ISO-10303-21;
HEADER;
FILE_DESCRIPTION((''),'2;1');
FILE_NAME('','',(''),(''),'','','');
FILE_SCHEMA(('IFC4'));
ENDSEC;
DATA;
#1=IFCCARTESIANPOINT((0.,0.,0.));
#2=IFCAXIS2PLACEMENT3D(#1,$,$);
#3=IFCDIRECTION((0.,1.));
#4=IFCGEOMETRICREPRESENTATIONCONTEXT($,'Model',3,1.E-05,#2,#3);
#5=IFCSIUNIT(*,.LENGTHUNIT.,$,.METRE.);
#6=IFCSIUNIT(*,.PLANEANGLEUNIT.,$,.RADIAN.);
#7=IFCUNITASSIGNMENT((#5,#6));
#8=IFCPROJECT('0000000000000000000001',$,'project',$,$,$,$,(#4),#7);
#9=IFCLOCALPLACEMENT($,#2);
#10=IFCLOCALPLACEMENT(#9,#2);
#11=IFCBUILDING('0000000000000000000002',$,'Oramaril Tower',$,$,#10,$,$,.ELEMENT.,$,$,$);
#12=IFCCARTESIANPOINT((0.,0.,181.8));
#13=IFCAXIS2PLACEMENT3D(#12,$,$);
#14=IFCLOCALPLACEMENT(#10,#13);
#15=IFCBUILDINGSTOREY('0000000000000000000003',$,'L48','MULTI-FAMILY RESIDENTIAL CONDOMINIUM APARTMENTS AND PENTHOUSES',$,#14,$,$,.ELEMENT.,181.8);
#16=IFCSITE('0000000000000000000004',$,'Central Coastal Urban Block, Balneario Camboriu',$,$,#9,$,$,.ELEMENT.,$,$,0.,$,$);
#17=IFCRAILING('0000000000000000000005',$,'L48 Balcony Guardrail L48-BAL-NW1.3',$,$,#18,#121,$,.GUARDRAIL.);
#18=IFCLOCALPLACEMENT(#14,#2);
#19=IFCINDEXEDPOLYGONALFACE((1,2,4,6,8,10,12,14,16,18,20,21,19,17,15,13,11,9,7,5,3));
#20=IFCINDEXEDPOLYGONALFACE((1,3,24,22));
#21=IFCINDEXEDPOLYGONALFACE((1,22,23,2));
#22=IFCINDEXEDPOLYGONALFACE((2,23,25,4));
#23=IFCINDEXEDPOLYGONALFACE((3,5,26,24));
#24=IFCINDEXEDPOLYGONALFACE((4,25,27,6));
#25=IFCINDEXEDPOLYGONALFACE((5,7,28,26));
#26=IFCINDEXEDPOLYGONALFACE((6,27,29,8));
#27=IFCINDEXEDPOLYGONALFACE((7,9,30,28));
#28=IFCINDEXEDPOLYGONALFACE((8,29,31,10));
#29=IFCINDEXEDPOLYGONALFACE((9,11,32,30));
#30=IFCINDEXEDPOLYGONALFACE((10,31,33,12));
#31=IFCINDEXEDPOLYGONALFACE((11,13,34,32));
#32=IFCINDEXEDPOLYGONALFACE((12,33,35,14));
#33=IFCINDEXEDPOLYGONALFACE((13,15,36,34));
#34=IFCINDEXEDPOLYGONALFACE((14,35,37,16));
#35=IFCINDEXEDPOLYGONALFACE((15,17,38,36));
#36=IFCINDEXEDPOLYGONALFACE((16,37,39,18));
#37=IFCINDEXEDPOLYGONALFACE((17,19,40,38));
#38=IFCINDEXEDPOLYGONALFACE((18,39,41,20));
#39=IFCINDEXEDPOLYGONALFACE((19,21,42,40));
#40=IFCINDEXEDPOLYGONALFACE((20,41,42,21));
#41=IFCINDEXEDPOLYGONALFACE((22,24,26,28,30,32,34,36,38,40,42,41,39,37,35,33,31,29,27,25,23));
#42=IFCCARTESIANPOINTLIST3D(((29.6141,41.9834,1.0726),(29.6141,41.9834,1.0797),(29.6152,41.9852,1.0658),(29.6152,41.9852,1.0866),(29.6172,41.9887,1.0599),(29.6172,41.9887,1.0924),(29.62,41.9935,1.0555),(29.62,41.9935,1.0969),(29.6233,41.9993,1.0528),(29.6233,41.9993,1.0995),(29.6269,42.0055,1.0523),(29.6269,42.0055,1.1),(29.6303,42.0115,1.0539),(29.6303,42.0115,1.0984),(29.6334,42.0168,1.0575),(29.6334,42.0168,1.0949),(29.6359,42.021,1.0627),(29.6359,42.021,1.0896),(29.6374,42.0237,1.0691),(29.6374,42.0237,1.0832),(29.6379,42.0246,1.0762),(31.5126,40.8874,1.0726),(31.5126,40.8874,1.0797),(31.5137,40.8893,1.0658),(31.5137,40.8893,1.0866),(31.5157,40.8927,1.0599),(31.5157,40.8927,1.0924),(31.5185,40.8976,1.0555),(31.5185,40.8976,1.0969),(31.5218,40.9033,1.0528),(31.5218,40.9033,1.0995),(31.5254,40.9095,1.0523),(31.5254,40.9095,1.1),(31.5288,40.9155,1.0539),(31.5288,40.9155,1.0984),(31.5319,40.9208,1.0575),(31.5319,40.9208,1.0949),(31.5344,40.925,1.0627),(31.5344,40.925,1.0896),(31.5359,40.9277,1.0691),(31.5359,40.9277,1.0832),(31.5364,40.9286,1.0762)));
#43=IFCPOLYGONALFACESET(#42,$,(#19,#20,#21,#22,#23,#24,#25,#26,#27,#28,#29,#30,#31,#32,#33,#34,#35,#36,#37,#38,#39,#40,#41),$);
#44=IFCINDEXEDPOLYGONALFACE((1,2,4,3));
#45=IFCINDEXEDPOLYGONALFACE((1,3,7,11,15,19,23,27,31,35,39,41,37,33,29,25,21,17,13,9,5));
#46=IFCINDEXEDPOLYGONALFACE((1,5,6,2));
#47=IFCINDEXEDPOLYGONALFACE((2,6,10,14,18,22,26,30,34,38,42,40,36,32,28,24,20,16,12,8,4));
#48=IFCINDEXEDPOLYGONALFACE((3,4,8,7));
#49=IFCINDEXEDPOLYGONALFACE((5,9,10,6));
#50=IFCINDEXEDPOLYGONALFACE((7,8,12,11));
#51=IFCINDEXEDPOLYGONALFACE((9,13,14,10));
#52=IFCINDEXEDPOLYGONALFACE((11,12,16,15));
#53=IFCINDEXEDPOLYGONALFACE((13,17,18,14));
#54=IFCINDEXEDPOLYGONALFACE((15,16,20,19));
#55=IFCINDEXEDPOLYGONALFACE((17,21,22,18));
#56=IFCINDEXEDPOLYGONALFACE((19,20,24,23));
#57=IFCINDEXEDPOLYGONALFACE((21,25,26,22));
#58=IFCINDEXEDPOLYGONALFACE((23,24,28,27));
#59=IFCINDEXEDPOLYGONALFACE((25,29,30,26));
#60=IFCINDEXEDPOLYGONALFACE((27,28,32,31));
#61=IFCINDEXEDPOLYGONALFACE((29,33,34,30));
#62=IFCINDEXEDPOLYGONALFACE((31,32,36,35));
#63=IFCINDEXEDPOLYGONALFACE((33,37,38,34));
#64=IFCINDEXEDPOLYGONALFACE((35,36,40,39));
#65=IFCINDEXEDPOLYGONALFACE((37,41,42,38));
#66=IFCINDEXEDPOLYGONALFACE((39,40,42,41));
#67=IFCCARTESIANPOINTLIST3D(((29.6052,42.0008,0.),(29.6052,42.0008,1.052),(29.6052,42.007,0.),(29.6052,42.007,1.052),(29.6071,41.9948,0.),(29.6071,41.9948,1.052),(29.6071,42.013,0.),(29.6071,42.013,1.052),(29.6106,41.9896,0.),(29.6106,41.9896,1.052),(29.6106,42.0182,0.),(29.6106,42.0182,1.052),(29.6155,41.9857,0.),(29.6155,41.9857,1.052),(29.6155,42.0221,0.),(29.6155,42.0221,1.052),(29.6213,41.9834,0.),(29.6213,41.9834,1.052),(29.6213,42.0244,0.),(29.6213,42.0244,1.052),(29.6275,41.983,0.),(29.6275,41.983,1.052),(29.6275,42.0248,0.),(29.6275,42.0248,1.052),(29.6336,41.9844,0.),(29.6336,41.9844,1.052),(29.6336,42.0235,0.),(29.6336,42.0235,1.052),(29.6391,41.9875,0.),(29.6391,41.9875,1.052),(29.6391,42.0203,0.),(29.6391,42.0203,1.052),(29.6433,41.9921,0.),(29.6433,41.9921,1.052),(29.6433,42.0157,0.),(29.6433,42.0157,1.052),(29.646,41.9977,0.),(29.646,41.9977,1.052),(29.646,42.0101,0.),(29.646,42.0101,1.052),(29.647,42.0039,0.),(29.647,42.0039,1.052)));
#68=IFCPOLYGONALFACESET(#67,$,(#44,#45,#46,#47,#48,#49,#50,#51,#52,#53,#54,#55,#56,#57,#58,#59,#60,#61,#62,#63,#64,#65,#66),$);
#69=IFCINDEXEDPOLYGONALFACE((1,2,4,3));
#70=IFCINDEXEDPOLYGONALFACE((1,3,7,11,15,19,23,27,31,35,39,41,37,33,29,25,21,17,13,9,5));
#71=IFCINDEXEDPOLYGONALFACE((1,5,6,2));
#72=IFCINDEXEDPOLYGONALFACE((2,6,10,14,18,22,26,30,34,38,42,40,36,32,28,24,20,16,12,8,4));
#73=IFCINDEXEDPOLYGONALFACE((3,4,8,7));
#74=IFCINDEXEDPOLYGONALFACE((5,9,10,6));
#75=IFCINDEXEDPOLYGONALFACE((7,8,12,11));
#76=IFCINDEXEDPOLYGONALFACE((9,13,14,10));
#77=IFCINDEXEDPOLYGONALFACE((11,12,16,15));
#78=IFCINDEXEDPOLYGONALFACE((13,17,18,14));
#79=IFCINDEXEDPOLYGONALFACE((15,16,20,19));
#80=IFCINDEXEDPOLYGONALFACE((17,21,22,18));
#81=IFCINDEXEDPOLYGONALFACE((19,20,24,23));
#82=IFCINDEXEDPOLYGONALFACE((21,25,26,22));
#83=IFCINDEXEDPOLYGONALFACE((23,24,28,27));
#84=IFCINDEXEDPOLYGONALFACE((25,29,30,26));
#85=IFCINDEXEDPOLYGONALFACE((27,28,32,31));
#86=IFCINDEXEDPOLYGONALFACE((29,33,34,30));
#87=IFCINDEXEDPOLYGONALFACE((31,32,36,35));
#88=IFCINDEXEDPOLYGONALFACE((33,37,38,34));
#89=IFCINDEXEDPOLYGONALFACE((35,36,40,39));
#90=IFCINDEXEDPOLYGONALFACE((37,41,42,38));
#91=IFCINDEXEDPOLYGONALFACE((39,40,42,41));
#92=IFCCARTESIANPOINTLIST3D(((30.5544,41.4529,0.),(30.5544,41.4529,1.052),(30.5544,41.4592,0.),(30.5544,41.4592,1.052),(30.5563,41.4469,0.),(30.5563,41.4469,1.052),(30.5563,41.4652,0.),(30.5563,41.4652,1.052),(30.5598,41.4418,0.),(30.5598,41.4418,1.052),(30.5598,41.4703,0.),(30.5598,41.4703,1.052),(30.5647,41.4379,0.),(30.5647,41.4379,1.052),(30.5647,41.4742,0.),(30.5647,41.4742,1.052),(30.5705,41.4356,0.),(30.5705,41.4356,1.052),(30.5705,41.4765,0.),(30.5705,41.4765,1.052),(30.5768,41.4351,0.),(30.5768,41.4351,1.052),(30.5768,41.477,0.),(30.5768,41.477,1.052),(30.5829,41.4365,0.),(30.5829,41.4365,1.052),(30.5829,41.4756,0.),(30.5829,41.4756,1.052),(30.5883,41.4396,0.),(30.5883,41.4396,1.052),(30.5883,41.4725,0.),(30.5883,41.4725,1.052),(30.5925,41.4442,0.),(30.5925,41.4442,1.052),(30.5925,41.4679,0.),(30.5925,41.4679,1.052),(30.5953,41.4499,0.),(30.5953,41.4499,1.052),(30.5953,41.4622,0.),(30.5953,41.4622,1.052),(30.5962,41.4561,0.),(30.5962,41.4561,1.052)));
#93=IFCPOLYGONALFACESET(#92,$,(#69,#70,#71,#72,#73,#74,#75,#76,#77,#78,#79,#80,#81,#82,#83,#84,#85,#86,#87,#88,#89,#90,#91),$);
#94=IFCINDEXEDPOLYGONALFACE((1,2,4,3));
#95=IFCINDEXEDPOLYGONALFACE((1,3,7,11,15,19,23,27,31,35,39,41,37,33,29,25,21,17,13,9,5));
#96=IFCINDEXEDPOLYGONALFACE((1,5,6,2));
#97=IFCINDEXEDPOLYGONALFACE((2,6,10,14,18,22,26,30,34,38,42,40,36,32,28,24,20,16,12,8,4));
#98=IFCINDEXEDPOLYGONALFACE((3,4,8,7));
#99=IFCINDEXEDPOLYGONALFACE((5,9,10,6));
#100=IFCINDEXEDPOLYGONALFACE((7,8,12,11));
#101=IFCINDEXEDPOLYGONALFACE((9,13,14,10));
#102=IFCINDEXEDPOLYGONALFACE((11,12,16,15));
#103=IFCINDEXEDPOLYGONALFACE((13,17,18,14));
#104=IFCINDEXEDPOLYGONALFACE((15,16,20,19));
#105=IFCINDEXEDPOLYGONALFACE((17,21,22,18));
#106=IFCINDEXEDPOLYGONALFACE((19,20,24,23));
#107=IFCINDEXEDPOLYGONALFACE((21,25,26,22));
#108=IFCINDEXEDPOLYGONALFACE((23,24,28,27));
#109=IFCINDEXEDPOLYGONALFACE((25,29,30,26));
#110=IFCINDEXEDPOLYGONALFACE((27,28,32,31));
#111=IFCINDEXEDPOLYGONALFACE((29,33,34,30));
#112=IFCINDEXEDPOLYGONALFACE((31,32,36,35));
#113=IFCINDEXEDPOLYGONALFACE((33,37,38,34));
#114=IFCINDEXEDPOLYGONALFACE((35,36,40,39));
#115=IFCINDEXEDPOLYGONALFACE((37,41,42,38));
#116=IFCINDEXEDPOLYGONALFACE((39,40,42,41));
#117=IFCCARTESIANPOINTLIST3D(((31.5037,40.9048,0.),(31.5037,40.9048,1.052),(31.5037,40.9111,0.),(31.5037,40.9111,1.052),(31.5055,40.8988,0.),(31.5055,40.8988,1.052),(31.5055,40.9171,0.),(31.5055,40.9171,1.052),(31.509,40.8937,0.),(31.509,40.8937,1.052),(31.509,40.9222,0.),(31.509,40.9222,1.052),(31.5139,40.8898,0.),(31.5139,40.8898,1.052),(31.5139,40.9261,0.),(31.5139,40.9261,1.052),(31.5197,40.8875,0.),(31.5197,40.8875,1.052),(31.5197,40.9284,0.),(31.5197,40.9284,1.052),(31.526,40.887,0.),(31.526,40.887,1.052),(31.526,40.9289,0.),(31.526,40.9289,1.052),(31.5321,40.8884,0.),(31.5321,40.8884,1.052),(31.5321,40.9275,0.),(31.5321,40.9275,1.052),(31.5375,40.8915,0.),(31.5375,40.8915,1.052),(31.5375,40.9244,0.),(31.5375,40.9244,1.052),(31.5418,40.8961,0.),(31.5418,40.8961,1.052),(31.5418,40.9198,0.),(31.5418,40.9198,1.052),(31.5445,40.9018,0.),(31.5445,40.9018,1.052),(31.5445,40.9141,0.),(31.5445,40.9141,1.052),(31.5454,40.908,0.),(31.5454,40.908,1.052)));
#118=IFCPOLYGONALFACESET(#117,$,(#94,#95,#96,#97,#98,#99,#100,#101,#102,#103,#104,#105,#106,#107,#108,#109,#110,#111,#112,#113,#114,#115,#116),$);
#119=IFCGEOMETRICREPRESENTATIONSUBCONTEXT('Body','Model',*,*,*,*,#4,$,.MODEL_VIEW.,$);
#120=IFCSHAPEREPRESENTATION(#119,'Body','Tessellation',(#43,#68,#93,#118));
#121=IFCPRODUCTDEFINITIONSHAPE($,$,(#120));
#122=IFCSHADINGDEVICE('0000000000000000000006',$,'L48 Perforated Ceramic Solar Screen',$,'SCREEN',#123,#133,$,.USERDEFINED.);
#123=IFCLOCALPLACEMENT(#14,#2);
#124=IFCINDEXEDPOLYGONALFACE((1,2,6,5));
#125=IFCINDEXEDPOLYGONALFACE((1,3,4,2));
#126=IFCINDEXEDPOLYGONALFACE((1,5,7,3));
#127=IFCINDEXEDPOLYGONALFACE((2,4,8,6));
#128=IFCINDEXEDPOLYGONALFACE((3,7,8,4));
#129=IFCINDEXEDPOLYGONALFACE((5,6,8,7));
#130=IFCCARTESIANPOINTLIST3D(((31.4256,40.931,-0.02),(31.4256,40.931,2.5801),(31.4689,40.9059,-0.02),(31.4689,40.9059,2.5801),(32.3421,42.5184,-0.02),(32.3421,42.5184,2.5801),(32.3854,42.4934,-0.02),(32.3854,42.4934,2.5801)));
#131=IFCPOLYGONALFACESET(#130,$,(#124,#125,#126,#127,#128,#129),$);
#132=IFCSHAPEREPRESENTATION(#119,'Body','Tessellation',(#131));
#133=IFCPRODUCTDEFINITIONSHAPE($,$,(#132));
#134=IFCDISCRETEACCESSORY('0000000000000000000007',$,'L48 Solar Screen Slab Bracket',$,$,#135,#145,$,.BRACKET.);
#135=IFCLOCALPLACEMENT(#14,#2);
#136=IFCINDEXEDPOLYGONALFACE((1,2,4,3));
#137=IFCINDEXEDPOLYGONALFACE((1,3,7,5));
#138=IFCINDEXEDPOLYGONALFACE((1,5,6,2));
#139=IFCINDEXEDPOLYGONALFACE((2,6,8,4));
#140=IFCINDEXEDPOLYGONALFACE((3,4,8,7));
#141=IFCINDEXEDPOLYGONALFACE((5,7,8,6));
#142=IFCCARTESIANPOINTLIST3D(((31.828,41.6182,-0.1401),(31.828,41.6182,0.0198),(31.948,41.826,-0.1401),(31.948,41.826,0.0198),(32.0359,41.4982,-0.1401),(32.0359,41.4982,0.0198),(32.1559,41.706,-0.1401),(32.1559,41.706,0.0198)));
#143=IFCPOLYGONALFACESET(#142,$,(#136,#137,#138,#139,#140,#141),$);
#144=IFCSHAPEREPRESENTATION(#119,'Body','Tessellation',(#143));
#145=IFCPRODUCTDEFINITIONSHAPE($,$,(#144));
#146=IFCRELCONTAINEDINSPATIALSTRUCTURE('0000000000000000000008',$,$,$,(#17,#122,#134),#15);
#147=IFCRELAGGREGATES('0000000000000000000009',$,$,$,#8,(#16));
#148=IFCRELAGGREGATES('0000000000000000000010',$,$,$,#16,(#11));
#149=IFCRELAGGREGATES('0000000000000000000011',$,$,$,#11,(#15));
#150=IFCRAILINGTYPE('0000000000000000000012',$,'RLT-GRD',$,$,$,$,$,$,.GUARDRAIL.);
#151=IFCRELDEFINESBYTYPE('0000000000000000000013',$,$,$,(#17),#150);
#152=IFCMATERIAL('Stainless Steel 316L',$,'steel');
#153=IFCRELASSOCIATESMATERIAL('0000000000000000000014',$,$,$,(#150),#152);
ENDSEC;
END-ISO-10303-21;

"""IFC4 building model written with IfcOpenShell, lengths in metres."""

from ifc_helpers import new_model, si_unit, direction, frame, origin, origin_2d, place, context, subcontext, project, spatial, rectangle, circle, extrude, material, type_object, element, save


model = new_model("IFC4")

# Units and contexts
model_context = context("Model", 3, precision=1e-05, world=origin(), true_north=direction((0.0, 1.0)))
body_context = subcontext(model_context, "Body", "Model", "MODEL_VIEW")
ifc_project = project(units=[si_unit("LENGTHUNIT", "METRE"), si_unit("PLANEANGLEUNIT", "RADIAN")], contexts=[model_context])

# Site, building, storey
site_placement = place(None, origin())
site = spatial("IfcSite", under=ifc_project, at=site_placement, Name="Central Coastal Urban Block, Balneario Camboriu", CompositionType="ELEMENT", RefElevation=0.0)
building_placement = place(site_placement, origin())
building = spatial("IfcBuilding", under=site, at=building_placement, Name="Oramaril Tower", CompositionType="ELEMENT")
storey_placement = place(building_placement, frame((0.0, 0.0, 181.8)))
storey = spatial("IfcBuildingStorey", under=building, at=storey_placement, Name="L48", Description="MULTI-FAMILY RESIDENTIAL CONDOMINIUM APARTMENTS AND PENTHOUSES", CompositionType="ELEMENT", Elevation=181.8)

# Railing
ifc_material_1 = material(Name="Stainless Steel 316L", Category="steel")
railing_type = type_object("IfcRailingType", Name="RLT-GRD", PredefinedType="GUARDRAIL", material=ifc_material_1)
railing_1_placement = place(storey_placement, frame((29.626, 42.0039, 0.0)))
element("IfcRailing", 1, at=railing_1_placement, inside=storey, type_object=railing_type, Name="L48 Balcony Guardrail L48-BAL-NW1.3", PredefinedType="GUARDRAIL", context=body_context, shape_type="SweptSolid", body=[
    extrude(circle(Radius=0.0239, at=origin_2d()), frame((0.0, 0.0, 1.0762), z_axis=(0.866048, -0.49996, 0.0), x_axis=(0.49996, 0.866048, 0.0)), (0.0, 0.0, 1.0), 2.1921),
    extrude(circle(Radius=0.021, at=origin_2d()), origin(), (0.0, 0.0, 1.0), 1.052),
    extrude(circle(Radius=0.021, at=origin_2d()), frame((0.9492, -0.5479, 0.0)), (0.0, 0.0, 1.0), 1.052),
    extrude(circle(Radius=0.021, at=origin_2d()), frame((1.8984, -1.0959, 0.0)), (0.0, 0.0, 1.0), 1.052),
])

# Shading device
shading_device_placement = place(storey_placement, frame((31.9055, 41.7122, -0.02), z_axis=(0.0, 0.0, 1.0), x_axis=(-0.5, -0.866025, 0.0)))
element("IfcShadingDevice", 2, at=shading_device_placement, inside=storey, Name="L48 Perforated Ceramic Solar Screen", ObjectType="SCREEN", PredefinedType="USERDEFINED", context=body_context, shape_type="SweptSolid", body=[
    extrude(rectangle(XDim=1.833, YDim=0.05, at=origin_2d()), origin(), (0.0, 0.0, 1.0), 2.6001),
])

# Discrete accessory
discrete_accessory_placement = place(storey_placement, frame((31.9919, 41.6621, -0.1401), z_axis=(0.0, 0.0, 1.0), x_axis=(-0.5, -0.866025, 0.0)))
element("IfcDiscreteAccessory", 3, at=discrete_accessory_placement, inside=storey, Name="L48 Solar Screen Slab Bracket", PredefinedType="BRACKET", context=body_context, shape_type="SweptSolid", body=[
    extrude(rectangle(XDim=0.24, YDim=0.24, at=origin_2d()), origin(), (0.0, 0.0, 1.0), 0.1599),
])

save(model, "model.ifc")
